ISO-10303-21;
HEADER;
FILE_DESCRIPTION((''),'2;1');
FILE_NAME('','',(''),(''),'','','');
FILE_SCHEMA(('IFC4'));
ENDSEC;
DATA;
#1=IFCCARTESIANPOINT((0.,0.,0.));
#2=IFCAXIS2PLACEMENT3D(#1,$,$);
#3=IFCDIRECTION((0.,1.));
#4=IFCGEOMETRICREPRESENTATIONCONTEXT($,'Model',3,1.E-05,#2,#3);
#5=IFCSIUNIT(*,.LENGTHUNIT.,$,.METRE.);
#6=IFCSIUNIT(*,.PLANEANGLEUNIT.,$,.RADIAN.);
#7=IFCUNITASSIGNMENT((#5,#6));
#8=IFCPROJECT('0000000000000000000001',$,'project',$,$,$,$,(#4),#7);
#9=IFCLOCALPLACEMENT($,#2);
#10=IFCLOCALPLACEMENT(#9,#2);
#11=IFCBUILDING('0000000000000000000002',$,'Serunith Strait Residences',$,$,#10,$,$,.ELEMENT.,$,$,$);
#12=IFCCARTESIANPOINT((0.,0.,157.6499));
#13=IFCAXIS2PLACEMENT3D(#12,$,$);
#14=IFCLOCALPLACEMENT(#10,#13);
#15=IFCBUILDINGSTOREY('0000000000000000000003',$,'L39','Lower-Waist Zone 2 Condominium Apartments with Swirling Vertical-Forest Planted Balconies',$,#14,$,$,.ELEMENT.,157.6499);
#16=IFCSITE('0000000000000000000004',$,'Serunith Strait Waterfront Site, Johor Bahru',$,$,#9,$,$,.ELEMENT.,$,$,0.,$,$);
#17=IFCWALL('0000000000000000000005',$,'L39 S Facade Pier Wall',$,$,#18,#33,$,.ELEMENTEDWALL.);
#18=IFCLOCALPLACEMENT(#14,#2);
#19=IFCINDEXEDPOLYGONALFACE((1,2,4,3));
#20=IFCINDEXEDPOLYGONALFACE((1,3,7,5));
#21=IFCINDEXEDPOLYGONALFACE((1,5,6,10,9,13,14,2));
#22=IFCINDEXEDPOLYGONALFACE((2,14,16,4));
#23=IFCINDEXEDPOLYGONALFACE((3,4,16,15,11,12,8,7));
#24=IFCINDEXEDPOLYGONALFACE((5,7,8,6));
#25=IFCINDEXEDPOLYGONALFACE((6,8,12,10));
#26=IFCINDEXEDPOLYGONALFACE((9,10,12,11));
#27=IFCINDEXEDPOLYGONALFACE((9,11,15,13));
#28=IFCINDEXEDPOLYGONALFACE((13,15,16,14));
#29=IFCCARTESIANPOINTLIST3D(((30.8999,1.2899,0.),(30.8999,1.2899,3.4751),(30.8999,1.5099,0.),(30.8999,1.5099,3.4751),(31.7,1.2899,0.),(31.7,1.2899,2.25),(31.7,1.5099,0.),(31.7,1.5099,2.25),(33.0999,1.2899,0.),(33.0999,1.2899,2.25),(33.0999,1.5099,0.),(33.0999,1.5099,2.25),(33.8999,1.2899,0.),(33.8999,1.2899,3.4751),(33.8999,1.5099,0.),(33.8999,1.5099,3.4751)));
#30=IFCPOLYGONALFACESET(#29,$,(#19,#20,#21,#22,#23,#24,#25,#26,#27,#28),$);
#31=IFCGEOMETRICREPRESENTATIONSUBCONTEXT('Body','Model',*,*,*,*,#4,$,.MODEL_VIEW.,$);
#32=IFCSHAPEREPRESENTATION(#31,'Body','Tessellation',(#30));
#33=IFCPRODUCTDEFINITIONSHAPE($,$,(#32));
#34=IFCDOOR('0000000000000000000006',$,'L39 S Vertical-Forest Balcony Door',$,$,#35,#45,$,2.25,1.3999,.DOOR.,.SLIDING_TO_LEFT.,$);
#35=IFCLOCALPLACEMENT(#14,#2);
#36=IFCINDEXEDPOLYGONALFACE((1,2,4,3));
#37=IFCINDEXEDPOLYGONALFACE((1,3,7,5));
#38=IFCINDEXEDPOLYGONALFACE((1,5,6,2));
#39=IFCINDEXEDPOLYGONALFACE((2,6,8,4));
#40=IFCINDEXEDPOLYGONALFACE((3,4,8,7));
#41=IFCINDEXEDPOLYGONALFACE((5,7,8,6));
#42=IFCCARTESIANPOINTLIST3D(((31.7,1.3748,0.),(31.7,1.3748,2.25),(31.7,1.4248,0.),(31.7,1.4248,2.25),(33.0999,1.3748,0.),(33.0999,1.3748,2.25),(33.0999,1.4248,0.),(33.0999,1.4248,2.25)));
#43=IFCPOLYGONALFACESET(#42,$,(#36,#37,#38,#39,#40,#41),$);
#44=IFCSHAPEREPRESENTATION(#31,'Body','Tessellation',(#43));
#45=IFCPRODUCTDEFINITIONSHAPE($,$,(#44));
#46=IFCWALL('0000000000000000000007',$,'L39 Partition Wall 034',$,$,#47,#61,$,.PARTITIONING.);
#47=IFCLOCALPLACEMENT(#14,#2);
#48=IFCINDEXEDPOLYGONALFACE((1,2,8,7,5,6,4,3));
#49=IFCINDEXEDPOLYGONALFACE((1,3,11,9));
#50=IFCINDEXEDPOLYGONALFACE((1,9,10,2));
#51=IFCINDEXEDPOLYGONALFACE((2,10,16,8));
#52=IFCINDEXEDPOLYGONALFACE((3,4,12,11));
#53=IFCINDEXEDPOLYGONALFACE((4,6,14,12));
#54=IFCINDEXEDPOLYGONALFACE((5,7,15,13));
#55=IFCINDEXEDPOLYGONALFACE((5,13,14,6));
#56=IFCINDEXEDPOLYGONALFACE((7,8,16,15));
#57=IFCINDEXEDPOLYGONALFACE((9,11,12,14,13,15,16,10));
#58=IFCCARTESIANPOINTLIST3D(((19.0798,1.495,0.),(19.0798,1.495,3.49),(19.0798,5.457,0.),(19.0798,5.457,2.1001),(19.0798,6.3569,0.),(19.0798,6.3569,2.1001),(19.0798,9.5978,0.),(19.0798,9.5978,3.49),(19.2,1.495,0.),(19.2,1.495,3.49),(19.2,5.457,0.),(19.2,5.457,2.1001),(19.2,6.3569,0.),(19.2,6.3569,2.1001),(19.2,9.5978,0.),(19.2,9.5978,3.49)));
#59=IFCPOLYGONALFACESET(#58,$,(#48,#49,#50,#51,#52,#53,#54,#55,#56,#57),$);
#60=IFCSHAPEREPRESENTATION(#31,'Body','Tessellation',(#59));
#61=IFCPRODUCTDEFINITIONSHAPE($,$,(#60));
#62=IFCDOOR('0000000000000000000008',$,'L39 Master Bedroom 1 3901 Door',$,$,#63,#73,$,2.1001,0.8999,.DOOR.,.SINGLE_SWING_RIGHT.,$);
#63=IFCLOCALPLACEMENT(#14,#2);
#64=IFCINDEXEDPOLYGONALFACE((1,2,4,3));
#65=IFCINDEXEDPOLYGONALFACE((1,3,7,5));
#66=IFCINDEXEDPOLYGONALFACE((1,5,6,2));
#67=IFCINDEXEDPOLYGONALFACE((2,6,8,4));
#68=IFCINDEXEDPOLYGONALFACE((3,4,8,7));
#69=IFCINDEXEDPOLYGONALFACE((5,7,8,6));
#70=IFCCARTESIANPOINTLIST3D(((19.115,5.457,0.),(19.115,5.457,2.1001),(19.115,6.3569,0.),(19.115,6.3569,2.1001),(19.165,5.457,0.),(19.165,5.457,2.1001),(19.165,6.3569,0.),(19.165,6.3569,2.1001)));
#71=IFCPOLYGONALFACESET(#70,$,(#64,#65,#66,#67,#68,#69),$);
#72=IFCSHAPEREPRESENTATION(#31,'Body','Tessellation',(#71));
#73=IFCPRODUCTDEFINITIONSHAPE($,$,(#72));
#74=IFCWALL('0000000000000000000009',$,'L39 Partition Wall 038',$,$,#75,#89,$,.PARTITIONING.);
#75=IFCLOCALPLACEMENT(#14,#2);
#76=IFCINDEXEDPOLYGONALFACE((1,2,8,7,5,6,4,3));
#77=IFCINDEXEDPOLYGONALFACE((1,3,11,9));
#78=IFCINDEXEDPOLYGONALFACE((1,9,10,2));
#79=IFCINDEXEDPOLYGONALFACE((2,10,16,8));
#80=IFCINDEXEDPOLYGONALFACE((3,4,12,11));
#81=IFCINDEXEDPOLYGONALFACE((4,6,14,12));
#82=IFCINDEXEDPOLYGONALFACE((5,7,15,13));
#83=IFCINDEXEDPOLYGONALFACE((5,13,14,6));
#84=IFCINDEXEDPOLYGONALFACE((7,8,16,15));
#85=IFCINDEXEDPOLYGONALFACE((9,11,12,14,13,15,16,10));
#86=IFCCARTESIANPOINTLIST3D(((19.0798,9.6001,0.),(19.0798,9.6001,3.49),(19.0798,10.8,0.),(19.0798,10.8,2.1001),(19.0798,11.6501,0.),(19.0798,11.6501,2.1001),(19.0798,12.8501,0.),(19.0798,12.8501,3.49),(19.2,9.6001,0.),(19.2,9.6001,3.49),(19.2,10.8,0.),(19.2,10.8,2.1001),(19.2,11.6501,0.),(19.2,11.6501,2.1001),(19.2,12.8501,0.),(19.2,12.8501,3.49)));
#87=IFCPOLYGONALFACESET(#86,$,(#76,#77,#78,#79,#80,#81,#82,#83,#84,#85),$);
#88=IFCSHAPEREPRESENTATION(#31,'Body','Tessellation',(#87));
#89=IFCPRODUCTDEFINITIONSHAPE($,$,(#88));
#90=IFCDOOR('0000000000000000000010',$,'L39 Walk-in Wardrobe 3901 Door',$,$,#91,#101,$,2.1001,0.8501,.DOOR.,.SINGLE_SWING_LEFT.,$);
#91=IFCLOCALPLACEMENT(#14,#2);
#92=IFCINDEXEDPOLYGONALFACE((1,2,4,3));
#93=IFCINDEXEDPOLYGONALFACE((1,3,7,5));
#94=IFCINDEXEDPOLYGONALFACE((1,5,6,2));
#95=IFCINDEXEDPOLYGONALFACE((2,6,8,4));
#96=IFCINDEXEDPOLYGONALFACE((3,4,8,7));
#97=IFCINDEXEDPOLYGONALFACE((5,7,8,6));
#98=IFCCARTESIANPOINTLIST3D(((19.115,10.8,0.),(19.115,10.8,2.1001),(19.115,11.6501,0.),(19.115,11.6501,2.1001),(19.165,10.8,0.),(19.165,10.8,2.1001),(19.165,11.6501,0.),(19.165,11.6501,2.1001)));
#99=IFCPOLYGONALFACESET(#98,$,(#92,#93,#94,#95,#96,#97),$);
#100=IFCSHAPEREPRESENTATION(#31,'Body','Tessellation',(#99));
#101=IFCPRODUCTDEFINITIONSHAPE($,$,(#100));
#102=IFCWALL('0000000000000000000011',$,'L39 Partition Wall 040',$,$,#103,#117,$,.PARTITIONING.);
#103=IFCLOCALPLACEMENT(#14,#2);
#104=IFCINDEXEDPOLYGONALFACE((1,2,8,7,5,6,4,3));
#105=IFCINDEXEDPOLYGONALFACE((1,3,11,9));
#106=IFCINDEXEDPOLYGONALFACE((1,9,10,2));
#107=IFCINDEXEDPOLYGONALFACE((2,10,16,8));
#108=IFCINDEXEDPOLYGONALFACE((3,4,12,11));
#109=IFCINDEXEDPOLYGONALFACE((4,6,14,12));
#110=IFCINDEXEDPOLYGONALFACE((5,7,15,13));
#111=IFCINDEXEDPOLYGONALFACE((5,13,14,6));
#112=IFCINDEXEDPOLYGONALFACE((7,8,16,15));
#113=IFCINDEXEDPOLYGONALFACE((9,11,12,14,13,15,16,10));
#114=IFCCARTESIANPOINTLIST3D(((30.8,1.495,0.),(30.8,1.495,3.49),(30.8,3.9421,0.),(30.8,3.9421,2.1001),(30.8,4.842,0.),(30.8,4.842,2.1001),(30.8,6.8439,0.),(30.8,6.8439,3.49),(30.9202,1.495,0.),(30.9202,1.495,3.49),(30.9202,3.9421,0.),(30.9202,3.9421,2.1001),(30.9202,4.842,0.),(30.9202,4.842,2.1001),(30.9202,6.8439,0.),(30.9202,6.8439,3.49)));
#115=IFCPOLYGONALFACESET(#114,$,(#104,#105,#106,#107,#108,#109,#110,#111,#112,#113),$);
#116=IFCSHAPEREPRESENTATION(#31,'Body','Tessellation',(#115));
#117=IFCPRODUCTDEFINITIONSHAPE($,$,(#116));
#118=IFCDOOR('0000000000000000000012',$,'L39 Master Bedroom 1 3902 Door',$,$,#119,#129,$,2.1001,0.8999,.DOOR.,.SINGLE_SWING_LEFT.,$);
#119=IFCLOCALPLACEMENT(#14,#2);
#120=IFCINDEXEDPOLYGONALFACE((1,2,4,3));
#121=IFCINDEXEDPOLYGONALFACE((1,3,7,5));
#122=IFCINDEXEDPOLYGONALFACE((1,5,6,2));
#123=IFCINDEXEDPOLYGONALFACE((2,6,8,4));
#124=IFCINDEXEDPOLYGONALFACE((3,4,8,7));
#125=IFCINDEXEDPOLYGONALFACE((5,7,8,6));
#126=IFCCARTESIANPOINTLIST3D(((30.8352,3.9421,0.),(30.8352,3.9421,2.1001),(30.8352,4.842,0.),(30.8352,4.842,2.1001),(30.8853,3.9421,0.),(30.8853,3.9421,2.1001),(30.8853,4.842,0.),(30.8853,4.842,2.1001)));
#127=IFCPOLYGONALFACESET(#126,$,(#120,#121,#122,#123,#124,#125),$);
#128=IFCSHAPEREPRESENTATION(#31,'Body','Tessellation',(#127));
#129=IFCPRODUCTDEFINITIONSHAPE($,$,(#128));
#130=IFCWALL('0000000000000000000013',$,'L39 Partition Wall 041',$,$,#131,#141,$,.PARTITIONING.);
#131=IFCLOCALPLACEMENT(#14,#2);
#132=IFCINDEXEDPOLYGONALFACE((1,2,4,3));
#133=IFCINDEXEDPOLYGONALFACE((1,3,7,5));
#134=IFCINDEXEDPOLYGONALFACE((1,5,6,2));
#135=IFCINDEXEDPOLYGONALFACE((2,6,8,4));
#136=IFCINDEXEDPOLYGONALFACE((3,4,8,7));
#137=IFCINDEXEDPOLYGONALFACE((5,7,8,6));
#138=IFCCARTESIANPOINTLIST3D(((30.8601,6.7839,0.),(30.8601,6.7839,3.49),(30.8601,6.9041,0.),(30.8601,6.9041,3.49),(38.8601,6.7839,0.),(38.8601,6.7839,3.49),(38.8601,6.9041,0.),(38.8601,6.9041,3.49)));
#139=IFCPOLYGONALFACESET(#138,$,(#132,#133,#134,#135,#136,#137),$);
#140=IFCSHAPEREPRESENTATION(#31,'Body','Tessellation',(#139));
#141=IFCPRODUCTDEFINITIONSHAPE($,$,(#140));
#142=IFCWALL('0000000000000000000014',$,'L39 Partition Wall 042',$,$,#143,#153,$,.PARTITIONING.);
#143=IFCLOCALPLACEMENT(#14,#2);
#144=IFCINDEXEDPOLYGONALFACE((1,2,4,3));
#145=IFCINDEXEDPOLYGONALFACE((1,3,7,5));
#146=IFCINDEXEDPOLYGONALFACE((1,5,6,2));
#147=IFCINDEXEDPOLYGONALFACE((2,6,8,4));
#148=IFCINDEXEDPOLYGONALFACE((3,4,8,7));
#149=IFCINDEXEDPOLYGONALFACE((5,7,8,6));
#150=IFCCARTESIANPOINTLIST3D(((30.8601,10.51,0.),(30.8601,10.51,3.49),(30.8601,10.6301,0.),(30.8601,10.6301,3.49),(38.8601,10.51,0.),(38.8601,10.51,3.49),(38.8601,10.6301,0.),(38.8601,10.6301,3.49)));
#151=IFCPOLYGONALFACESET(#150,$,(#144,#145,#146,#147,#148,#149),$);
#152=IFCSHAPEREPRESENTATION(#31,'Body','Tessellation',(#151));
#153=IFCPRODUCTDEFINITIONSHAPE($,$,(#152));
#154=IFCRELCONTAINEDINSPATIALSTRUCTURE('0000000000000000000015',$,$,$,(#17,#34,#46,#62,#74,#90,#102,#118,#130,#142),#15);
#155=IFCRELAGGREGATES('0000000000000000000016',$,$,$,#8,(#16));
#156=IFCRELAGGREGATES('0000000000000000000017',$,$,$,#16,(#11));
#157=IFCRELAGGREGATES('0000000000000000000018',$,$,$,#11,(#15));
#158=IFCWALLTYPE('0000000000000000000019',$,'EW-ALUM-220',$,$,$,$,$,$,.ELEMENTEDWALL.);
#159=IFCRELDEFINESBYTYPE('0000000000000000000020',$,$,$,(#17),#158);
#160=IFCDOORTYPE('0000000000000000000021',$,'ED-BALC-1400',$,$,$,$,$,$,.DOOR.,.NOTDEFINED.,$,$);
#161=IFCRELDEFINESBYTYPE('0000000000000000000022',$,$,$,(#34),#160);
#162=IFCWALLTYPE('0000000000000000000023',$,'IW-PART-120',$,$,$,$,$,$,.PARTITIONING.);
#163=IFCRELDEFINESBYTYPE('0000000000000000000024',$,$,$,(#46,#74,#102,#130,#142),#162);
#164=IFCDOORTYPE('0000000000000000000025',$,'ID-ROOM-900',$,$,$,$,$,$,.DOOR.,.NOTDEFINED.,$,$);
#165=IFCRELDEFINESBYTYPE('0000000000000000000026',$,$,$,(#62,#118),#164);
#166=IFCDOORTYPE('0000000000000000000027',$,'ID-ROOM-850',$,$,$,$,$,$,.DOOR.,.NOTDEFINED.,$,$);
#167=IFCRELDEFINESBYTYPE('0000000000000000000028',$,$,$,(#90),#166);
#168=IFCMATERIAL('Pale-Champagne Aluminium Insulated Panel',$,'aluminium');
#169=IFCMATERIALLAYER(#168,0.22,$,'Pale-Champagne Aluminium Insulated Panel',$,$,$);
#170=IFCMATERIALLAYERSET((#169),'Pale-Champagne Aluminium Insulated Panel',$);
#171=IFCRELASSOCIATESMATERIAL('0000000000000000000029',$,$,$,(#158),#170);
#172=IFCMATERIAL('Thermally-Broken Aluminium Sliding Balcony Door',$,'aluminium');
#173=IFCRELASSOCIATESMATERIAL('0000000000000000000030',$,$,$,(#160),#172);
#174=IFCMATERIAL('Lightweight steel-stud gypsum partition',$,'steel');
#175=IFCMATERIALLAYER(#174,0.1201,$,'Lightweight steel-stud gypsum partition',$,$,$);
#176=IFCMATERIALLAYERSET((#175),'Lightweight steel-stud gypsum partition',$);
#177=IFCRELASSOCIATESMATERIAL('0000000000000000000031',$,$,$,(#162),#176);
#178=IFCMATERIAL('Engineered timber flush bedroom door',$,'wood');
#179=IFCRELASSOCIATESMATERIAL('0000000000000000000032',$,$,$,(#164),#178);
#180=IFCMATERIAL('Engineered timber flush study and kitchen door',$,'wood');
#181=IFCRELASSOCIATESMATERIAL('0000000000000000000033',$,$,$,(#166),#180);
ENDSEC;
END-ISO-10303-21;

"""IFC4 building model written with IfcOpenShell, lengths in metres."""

from ifc_helpers import new_model, si_unit, direction, frame, frame_2d, origin, place, context, subcontext, project, spatial, rectangle, extrude, source, transform, mapped, material, layer, layer_set, type_object, element, fill, save


model = new_model("IFC4")

# Units and contexts
model_context = context("Model", 3, precision=1e-05, world=origin(), true_north=direction((0.0, 1.0)))
body_context = subcontext(model_context, "Body", "Model", "MODEL_VIEW")
ifc_project = project(units=[si_unit("LENGTHUNIT", "METRE"), si_unit("PLANEANGLEUNIT", "RADIAN")], contexts=[model_context])

# Site, building, storey
site_placement = place(None, origin())
site = spatial("IfcSite", under=ifc_project, at=site_placement, Name="Serunith Strait Waterfront Site, Johor Bahru", CompositionType="ELEMENT", RefElevation=0.0)
building_placement = place(site_placement, origin())
building = spatial("IfcBuilding", under=site, at=building_placement, Name="Serunith Strait Residences", CompositionType="ELEMENT")
storey_placement = place(building_placement, frame((0.0, 0.0, 157.6499)))
storey = spatial("IfcBuildingStorey", under=building, at=storey_placement, Name="L39", Description="Lower-Waist Zone 2 Condominium Apartments with Swirling Vertical-Forest Planted Balconies", CompositionType="ELEMENT", Elevation=157.6499)

# Walls, openings, doors
ifc_material_1 = material(Name="Pale-Champagne Aluminium Insulated Panel", Category="aluminium")
ifc_layer_1 = layer(ifc_material_1, 0.22, Name="Pale-Champagne Aluminium Insulated Panel")
ifc_layer_set_1 = layer_set([ifc_layer_1], Name="Pale-Champagne Aluminium Insulated Panel")
wall_type_1 = type_object("IfcWallType", Name="EW-ALUM-220", PredefinedType="ELEMENTEDWALL", material=ifc_layer_set_1)
wall_1_placement = place(storey_placement, frame((30.8999, 1.3999, 0.0), z_axis=(0.0, 0.0, 1.0), x_axis=(1.0, 0.0, 0.0)))
wall_1 = element("IfcWall", 1, at=wall_1_placement, inside=storey, type_object=wall_type_1, Name="L39 S Facade Pier Wall", PredefinedType="ELEMENTEDWALL", context=body_context, shape_type="SweptSolid", body=[
    extrude(rectangle(XDim=3.0, YDim=0.22, at=frame_2d((1.5, 0.0))), origin(), (0.0, 0.0, 1.0), 3.4751),
])
opening_1_placement = place(wall_1_placement, frame((0.8, 0.0, 0.0)))
opening_1 = element("IfcOpeningElement", 2, at=opening_1_placement, cuts=wall_1, PredefinedType="OPENING", context=body_context, shape_type="SweptSolid", body=[
    extrude(rectangle(XDim=1.3999, YDim=2.25, at=frame_2d((0.7, 1.125))), frame((0.0, 0.1201, 0.0), z_axis=(0.0, -1.0, 0.0), x_axis=(1.0, 0.0, 0.0)), (0.0, 0.0, 1.0), 0.24),
])
ifc_material_2 = material(Name="Thermally-Broken Aluminium Sliding Balcony Door", Category="aluminium")
door_type_1 = type_object("IfcDoorType", Name="ED-BALC-1400", OperationType="NOTDEFINED", PredefinedType="DOOR", material=ifc_material_2)
shared_shape_1 = source(origin(), body_context, "Body", "SweptSolid", [
    extrude(rectangle(XDim=1.3999, YDim=2.25, at=frame_2d((0.7, 1.125))), frame((0.0, 0.0249, 0.0), z_axis=(0.0, -1.0, 0.0), x_axis=(1.0, 0.0, 0.0)), (0.0, 0.0, 1.0), 0.05),
])
door_1_placement = place(opening_1_placement, origin())
door_1 = element("IfcDoor", 3, at=door_1_placement, inside=storey, type_object=door_type_1, Name="L39 S Vertical-Forest Balcony Door", OperationType="SLIDING_TO_LEFT", OverallHeight=2.25, OverallWidth=1.3999, PredefinedType="DOOR", context=body_context, shape_type="MappedRepresentation", body=[
    mapped(shared_shape_1, transform((0.0, 0.0, 0.0), scale=1.0)),
])
fill(opening_1, door_1)
ifc_material_3 = material(Name="Lightweight steel-stud gypsum partition", Category="steel")
ifc_layer_2 = layer(ifc_material_3, 0.1201, Name="Lightweight steel-stud gypsum partition")
ifc_layer_set_2 = layer_set([ifc_layer_2], Name="Lightweight steel-stud gypsum partition")
wall_type_2 = type_object("IfcWallType", Name="IW-PART-120", PredefinedType="PARTITIONING", material=ifc_layer_set_2)
wall_2_placement = place(storey_placement, frame((19.1399, 1.4951, 0.0), z_axis=(0.0, 0.0, 1.0), x_axis=(0.0, 1.0, 0.0)))
wall_2 = element("IfcWall", 4, at=wall_2_placement, inside=storey, type_object=wall_type_2, Name="L39 Partition Wall 034", PredefinedType="PARTITIONING", context=body_context, shape_type="SweptSolid", body=[
    extrude(rectangle(XDim=8.1028, YDim=0.1201, at=frame_2d((4.0513, 0.0))), origin(), (0.0, 0.0, 1.0), 3.49),
])
opening_2_placement = place(wall_2_placement, frame((3.9619, 0.0, 0.0)))
opening_2 = element("IfcOpeningElement", 5, at=opening_2_placement, cuts=wall_2, PredefinedType="OPENING", context=body_context, shape_type="SweptSolid", body=[
    extrude(rectangle(XDim=0.8999, YDim=2.1001, at=frame_2d((0.45, 1.05))), frame((0.0, 0.0701, 0.0), z_axis=(0.0, -1.0, 0.0), x_axis=(1.0, 0.0, 0.0)), (0.0, 0.0, 1.0), 0.1401),
])
ifc_material_4 = material(Name="Engineered timber flush bedroom door", Category="wood")
door_type_2 = type_object("IfcDoorType", Name="ID-ROOM-900", OperationType="NOTDEFINED", PredefinedType="DOOR", material=ifc_material_4)
shared_shape_2 = source(origin(), body_context, "Body", "SweptSolid", [
    extrude(rectangle(XDim=0.8999, YDim=2.1001, at=frame_2d((0.45, 1.05))), frame((0.0, 0.0249, 0.0), z_axis=(0.0, -1.0, 0.0), x_axis=(1.0, 0.0, 0.0)), (0.0, 0.0, 1.0), 0.05),
])
door_2_placement = place(opening_2_placement, origin())
door_2 = element("IfcDoor", 6, at=door_2_placement, inside=storey, type_object=door_type_2, Name="L39 Master Bedroom 1 3901 Door", OperationType="SINGLE_SWING_RIGHT", OverallHeight=2.1001, OverallWidth=0.8999, PredefinedType="DOOR", context=body_context, shape_type="MappedRepresentation", body=[
    mapped(shared_shape_2, transform((0.0, 0.0, 0.0), scale=1.0)),
])
fill(opening_2, door_2)
wall_3_placement = place(storey_placement, frame((19.1399, 9.6001, 0.0), z_axis=(0.0, 0.0, 1.0), x_axis=(0.0, 1.0, 0.0)))
wall_3 = element("IfcWall", 7, at=wall_3_placement, inside=storey, type_object=wall_type_2, Name="L39 Partition Wall 038", PredefinedType="PARTITIONING", context=body_context, shape_type="SweptSolid", body=[
    extrude(rectangle(XDim=3.25, YDim=0.1201, at=frame_2d((1.625, 0.0))), origin(), (0.0, 0.0, 1.0), 3.49),
])
opening_3_placement = place(wall_3_placement, frame((1.2, 0.0, 0.0)))
opening_3 = element("IfcOpeningElement", 8, at=opening_3_placement, cuts=wall_3, PredefinedType="OPENING", context=body_context, shape_type="SweptSolid", body=[
    extrude(rectangle(XDim=0.8501, YDim=2.1001, at=frame_2d((0.425, 1.05))), frame((0.0, 0.0701, 0.0), z_axis=(0.0, -1.0, 0.0), x_axis=(1.0, 0.0, 0.0)), (0.0, 0.0, 1.0), 0.1401),
])
ifc_material_5 = material(Name="Engineered timber flush study and kitchen door", Category="wood")
door_type_3 = type_object("IfcDoorType", Name="ID-ROOM-850", OperationType="NOTDEFINED", PredefinedType="DOOR", material=ifc_material_5)
shared_shape_3 = source(origin(), body_context, "Body", "SweptSolid", [
    extrude(rectangle(XDim=0.8501, YDim=2.1001, at=frame_2d((0.425, 1.05))), frame((0.0, 0.0249, 0.0), z_axis=(0.0, -1.0, 0.0), x_axis=(1.0, 0.0, 0.0)), (0.0, 0.0, 1.0), 0.05),
])
door_3_placement = place(opening_3_placement, origin())
door_3 = element("IfcDoor", 9, at=door_3_placement, inside=storey, type_object=door_type_3, Name="L39 Walk-in Wardrobe 3901 Door", OperationType="SINGLE_SWING_LEFT", OverallHeight=2.1001, OverallWidth=0.8501, PredefinedType="DOOR", context=body_context, shape_type="MappedRepresentation", body=[
    mapped(shared_shape_3, transform((0.0, 0.0, 0.0), scale=1.0)),
])
fill(opening_3, door_3)
wall_4_placement = place(storey_placement, frame((30.8601, 1.4951, 0.0), z_axis=(0.0, 0.0, 1.0), x_axis=(0.0, 1.0, 0.0)))
wall_4 = element("IfcWall", 10, at=wall_4_placement, inside=storey, type_object=wall_type_2, Name="L39 Partition Wall 040", PredefinedType="PARTITIONING", context=body_context, shape_type="SweptSolid", body=[
    extrude(rectangle(XDim=5.3489, YDim=0.1201, at=frame_2d((2.6743, 0.0))), origin(), (0.0, 0.0, 1.0), 3.49),
])
opening_4_placement = place(wall_4_placement, frame((2.447, 0.0, 0.0)))
opening_4 = element("IfcOpeningElement", 11, at=opening_4_placement, cuts=wall_4, PredefinedType="OPENING", context=body_context, shape_type="SweptSolid", body=[
    extrude(rectangle(XDim=0.8999, YDim=2.1001, at=frame_2d((0.45, 1.05))), frame((0.0, 0.0701, 0.0), z_axis=(0.0, -1.0, 0.0), x_axis=(1.0, 0.0, 0.0)), (0.0, 0.0, 1.0), 0.1401),
])
door_4_placement = place(opening_4_placement, origin())
door_4 = element("IfcDoor", 12, at=door_4_placement, inside=storey, type_object=door_type_2, Name="L39 Master Bedroom 1 3902 Door", OperationType="SINGLE_SWING_LEFT", OverallHeight=2.1001, OverallWidth=0.8999, PredefinedType="DOOR", context=body_context, shape_type="MappedRepresentation", body=[
    mapped(shared_shape_2, transform((0.0, 0.0, 0.0), scale=1.0)),
])
fill(opening_4, door_4)

# Walls
for number, where, z_axis, x_axis, name in (
    (13, (30.8601, 6.844, 0.0), (0.0, 0.0, 1.0), (1.0, 0.0, 0.0), "L39 Partition Wall 041"),
    (14, (30.8601, 10.5701, 0.0), (0.0, 0.0, 1.0), (1.0, 0.0, 0.0), "L39 Partition Wall 042"),
):
    element("IfcWall", number, at=place(storey_placement, frame(where, z_axis=z_axis, x_axis=x_axis)), inside=storey, type_object=wall_type_2, Name=name, PredefinedType="PARTITIONING", context=body_context, shape_type="SweptSolid", body=[
        extrude(rectangle(XDim=8.0, YDim=0.1201, at=frame_2d((4.0, 0.0))), origin(), (0.0, 0.0, 1.0), 3.49),
    ])

save(model, "model.ifc")
